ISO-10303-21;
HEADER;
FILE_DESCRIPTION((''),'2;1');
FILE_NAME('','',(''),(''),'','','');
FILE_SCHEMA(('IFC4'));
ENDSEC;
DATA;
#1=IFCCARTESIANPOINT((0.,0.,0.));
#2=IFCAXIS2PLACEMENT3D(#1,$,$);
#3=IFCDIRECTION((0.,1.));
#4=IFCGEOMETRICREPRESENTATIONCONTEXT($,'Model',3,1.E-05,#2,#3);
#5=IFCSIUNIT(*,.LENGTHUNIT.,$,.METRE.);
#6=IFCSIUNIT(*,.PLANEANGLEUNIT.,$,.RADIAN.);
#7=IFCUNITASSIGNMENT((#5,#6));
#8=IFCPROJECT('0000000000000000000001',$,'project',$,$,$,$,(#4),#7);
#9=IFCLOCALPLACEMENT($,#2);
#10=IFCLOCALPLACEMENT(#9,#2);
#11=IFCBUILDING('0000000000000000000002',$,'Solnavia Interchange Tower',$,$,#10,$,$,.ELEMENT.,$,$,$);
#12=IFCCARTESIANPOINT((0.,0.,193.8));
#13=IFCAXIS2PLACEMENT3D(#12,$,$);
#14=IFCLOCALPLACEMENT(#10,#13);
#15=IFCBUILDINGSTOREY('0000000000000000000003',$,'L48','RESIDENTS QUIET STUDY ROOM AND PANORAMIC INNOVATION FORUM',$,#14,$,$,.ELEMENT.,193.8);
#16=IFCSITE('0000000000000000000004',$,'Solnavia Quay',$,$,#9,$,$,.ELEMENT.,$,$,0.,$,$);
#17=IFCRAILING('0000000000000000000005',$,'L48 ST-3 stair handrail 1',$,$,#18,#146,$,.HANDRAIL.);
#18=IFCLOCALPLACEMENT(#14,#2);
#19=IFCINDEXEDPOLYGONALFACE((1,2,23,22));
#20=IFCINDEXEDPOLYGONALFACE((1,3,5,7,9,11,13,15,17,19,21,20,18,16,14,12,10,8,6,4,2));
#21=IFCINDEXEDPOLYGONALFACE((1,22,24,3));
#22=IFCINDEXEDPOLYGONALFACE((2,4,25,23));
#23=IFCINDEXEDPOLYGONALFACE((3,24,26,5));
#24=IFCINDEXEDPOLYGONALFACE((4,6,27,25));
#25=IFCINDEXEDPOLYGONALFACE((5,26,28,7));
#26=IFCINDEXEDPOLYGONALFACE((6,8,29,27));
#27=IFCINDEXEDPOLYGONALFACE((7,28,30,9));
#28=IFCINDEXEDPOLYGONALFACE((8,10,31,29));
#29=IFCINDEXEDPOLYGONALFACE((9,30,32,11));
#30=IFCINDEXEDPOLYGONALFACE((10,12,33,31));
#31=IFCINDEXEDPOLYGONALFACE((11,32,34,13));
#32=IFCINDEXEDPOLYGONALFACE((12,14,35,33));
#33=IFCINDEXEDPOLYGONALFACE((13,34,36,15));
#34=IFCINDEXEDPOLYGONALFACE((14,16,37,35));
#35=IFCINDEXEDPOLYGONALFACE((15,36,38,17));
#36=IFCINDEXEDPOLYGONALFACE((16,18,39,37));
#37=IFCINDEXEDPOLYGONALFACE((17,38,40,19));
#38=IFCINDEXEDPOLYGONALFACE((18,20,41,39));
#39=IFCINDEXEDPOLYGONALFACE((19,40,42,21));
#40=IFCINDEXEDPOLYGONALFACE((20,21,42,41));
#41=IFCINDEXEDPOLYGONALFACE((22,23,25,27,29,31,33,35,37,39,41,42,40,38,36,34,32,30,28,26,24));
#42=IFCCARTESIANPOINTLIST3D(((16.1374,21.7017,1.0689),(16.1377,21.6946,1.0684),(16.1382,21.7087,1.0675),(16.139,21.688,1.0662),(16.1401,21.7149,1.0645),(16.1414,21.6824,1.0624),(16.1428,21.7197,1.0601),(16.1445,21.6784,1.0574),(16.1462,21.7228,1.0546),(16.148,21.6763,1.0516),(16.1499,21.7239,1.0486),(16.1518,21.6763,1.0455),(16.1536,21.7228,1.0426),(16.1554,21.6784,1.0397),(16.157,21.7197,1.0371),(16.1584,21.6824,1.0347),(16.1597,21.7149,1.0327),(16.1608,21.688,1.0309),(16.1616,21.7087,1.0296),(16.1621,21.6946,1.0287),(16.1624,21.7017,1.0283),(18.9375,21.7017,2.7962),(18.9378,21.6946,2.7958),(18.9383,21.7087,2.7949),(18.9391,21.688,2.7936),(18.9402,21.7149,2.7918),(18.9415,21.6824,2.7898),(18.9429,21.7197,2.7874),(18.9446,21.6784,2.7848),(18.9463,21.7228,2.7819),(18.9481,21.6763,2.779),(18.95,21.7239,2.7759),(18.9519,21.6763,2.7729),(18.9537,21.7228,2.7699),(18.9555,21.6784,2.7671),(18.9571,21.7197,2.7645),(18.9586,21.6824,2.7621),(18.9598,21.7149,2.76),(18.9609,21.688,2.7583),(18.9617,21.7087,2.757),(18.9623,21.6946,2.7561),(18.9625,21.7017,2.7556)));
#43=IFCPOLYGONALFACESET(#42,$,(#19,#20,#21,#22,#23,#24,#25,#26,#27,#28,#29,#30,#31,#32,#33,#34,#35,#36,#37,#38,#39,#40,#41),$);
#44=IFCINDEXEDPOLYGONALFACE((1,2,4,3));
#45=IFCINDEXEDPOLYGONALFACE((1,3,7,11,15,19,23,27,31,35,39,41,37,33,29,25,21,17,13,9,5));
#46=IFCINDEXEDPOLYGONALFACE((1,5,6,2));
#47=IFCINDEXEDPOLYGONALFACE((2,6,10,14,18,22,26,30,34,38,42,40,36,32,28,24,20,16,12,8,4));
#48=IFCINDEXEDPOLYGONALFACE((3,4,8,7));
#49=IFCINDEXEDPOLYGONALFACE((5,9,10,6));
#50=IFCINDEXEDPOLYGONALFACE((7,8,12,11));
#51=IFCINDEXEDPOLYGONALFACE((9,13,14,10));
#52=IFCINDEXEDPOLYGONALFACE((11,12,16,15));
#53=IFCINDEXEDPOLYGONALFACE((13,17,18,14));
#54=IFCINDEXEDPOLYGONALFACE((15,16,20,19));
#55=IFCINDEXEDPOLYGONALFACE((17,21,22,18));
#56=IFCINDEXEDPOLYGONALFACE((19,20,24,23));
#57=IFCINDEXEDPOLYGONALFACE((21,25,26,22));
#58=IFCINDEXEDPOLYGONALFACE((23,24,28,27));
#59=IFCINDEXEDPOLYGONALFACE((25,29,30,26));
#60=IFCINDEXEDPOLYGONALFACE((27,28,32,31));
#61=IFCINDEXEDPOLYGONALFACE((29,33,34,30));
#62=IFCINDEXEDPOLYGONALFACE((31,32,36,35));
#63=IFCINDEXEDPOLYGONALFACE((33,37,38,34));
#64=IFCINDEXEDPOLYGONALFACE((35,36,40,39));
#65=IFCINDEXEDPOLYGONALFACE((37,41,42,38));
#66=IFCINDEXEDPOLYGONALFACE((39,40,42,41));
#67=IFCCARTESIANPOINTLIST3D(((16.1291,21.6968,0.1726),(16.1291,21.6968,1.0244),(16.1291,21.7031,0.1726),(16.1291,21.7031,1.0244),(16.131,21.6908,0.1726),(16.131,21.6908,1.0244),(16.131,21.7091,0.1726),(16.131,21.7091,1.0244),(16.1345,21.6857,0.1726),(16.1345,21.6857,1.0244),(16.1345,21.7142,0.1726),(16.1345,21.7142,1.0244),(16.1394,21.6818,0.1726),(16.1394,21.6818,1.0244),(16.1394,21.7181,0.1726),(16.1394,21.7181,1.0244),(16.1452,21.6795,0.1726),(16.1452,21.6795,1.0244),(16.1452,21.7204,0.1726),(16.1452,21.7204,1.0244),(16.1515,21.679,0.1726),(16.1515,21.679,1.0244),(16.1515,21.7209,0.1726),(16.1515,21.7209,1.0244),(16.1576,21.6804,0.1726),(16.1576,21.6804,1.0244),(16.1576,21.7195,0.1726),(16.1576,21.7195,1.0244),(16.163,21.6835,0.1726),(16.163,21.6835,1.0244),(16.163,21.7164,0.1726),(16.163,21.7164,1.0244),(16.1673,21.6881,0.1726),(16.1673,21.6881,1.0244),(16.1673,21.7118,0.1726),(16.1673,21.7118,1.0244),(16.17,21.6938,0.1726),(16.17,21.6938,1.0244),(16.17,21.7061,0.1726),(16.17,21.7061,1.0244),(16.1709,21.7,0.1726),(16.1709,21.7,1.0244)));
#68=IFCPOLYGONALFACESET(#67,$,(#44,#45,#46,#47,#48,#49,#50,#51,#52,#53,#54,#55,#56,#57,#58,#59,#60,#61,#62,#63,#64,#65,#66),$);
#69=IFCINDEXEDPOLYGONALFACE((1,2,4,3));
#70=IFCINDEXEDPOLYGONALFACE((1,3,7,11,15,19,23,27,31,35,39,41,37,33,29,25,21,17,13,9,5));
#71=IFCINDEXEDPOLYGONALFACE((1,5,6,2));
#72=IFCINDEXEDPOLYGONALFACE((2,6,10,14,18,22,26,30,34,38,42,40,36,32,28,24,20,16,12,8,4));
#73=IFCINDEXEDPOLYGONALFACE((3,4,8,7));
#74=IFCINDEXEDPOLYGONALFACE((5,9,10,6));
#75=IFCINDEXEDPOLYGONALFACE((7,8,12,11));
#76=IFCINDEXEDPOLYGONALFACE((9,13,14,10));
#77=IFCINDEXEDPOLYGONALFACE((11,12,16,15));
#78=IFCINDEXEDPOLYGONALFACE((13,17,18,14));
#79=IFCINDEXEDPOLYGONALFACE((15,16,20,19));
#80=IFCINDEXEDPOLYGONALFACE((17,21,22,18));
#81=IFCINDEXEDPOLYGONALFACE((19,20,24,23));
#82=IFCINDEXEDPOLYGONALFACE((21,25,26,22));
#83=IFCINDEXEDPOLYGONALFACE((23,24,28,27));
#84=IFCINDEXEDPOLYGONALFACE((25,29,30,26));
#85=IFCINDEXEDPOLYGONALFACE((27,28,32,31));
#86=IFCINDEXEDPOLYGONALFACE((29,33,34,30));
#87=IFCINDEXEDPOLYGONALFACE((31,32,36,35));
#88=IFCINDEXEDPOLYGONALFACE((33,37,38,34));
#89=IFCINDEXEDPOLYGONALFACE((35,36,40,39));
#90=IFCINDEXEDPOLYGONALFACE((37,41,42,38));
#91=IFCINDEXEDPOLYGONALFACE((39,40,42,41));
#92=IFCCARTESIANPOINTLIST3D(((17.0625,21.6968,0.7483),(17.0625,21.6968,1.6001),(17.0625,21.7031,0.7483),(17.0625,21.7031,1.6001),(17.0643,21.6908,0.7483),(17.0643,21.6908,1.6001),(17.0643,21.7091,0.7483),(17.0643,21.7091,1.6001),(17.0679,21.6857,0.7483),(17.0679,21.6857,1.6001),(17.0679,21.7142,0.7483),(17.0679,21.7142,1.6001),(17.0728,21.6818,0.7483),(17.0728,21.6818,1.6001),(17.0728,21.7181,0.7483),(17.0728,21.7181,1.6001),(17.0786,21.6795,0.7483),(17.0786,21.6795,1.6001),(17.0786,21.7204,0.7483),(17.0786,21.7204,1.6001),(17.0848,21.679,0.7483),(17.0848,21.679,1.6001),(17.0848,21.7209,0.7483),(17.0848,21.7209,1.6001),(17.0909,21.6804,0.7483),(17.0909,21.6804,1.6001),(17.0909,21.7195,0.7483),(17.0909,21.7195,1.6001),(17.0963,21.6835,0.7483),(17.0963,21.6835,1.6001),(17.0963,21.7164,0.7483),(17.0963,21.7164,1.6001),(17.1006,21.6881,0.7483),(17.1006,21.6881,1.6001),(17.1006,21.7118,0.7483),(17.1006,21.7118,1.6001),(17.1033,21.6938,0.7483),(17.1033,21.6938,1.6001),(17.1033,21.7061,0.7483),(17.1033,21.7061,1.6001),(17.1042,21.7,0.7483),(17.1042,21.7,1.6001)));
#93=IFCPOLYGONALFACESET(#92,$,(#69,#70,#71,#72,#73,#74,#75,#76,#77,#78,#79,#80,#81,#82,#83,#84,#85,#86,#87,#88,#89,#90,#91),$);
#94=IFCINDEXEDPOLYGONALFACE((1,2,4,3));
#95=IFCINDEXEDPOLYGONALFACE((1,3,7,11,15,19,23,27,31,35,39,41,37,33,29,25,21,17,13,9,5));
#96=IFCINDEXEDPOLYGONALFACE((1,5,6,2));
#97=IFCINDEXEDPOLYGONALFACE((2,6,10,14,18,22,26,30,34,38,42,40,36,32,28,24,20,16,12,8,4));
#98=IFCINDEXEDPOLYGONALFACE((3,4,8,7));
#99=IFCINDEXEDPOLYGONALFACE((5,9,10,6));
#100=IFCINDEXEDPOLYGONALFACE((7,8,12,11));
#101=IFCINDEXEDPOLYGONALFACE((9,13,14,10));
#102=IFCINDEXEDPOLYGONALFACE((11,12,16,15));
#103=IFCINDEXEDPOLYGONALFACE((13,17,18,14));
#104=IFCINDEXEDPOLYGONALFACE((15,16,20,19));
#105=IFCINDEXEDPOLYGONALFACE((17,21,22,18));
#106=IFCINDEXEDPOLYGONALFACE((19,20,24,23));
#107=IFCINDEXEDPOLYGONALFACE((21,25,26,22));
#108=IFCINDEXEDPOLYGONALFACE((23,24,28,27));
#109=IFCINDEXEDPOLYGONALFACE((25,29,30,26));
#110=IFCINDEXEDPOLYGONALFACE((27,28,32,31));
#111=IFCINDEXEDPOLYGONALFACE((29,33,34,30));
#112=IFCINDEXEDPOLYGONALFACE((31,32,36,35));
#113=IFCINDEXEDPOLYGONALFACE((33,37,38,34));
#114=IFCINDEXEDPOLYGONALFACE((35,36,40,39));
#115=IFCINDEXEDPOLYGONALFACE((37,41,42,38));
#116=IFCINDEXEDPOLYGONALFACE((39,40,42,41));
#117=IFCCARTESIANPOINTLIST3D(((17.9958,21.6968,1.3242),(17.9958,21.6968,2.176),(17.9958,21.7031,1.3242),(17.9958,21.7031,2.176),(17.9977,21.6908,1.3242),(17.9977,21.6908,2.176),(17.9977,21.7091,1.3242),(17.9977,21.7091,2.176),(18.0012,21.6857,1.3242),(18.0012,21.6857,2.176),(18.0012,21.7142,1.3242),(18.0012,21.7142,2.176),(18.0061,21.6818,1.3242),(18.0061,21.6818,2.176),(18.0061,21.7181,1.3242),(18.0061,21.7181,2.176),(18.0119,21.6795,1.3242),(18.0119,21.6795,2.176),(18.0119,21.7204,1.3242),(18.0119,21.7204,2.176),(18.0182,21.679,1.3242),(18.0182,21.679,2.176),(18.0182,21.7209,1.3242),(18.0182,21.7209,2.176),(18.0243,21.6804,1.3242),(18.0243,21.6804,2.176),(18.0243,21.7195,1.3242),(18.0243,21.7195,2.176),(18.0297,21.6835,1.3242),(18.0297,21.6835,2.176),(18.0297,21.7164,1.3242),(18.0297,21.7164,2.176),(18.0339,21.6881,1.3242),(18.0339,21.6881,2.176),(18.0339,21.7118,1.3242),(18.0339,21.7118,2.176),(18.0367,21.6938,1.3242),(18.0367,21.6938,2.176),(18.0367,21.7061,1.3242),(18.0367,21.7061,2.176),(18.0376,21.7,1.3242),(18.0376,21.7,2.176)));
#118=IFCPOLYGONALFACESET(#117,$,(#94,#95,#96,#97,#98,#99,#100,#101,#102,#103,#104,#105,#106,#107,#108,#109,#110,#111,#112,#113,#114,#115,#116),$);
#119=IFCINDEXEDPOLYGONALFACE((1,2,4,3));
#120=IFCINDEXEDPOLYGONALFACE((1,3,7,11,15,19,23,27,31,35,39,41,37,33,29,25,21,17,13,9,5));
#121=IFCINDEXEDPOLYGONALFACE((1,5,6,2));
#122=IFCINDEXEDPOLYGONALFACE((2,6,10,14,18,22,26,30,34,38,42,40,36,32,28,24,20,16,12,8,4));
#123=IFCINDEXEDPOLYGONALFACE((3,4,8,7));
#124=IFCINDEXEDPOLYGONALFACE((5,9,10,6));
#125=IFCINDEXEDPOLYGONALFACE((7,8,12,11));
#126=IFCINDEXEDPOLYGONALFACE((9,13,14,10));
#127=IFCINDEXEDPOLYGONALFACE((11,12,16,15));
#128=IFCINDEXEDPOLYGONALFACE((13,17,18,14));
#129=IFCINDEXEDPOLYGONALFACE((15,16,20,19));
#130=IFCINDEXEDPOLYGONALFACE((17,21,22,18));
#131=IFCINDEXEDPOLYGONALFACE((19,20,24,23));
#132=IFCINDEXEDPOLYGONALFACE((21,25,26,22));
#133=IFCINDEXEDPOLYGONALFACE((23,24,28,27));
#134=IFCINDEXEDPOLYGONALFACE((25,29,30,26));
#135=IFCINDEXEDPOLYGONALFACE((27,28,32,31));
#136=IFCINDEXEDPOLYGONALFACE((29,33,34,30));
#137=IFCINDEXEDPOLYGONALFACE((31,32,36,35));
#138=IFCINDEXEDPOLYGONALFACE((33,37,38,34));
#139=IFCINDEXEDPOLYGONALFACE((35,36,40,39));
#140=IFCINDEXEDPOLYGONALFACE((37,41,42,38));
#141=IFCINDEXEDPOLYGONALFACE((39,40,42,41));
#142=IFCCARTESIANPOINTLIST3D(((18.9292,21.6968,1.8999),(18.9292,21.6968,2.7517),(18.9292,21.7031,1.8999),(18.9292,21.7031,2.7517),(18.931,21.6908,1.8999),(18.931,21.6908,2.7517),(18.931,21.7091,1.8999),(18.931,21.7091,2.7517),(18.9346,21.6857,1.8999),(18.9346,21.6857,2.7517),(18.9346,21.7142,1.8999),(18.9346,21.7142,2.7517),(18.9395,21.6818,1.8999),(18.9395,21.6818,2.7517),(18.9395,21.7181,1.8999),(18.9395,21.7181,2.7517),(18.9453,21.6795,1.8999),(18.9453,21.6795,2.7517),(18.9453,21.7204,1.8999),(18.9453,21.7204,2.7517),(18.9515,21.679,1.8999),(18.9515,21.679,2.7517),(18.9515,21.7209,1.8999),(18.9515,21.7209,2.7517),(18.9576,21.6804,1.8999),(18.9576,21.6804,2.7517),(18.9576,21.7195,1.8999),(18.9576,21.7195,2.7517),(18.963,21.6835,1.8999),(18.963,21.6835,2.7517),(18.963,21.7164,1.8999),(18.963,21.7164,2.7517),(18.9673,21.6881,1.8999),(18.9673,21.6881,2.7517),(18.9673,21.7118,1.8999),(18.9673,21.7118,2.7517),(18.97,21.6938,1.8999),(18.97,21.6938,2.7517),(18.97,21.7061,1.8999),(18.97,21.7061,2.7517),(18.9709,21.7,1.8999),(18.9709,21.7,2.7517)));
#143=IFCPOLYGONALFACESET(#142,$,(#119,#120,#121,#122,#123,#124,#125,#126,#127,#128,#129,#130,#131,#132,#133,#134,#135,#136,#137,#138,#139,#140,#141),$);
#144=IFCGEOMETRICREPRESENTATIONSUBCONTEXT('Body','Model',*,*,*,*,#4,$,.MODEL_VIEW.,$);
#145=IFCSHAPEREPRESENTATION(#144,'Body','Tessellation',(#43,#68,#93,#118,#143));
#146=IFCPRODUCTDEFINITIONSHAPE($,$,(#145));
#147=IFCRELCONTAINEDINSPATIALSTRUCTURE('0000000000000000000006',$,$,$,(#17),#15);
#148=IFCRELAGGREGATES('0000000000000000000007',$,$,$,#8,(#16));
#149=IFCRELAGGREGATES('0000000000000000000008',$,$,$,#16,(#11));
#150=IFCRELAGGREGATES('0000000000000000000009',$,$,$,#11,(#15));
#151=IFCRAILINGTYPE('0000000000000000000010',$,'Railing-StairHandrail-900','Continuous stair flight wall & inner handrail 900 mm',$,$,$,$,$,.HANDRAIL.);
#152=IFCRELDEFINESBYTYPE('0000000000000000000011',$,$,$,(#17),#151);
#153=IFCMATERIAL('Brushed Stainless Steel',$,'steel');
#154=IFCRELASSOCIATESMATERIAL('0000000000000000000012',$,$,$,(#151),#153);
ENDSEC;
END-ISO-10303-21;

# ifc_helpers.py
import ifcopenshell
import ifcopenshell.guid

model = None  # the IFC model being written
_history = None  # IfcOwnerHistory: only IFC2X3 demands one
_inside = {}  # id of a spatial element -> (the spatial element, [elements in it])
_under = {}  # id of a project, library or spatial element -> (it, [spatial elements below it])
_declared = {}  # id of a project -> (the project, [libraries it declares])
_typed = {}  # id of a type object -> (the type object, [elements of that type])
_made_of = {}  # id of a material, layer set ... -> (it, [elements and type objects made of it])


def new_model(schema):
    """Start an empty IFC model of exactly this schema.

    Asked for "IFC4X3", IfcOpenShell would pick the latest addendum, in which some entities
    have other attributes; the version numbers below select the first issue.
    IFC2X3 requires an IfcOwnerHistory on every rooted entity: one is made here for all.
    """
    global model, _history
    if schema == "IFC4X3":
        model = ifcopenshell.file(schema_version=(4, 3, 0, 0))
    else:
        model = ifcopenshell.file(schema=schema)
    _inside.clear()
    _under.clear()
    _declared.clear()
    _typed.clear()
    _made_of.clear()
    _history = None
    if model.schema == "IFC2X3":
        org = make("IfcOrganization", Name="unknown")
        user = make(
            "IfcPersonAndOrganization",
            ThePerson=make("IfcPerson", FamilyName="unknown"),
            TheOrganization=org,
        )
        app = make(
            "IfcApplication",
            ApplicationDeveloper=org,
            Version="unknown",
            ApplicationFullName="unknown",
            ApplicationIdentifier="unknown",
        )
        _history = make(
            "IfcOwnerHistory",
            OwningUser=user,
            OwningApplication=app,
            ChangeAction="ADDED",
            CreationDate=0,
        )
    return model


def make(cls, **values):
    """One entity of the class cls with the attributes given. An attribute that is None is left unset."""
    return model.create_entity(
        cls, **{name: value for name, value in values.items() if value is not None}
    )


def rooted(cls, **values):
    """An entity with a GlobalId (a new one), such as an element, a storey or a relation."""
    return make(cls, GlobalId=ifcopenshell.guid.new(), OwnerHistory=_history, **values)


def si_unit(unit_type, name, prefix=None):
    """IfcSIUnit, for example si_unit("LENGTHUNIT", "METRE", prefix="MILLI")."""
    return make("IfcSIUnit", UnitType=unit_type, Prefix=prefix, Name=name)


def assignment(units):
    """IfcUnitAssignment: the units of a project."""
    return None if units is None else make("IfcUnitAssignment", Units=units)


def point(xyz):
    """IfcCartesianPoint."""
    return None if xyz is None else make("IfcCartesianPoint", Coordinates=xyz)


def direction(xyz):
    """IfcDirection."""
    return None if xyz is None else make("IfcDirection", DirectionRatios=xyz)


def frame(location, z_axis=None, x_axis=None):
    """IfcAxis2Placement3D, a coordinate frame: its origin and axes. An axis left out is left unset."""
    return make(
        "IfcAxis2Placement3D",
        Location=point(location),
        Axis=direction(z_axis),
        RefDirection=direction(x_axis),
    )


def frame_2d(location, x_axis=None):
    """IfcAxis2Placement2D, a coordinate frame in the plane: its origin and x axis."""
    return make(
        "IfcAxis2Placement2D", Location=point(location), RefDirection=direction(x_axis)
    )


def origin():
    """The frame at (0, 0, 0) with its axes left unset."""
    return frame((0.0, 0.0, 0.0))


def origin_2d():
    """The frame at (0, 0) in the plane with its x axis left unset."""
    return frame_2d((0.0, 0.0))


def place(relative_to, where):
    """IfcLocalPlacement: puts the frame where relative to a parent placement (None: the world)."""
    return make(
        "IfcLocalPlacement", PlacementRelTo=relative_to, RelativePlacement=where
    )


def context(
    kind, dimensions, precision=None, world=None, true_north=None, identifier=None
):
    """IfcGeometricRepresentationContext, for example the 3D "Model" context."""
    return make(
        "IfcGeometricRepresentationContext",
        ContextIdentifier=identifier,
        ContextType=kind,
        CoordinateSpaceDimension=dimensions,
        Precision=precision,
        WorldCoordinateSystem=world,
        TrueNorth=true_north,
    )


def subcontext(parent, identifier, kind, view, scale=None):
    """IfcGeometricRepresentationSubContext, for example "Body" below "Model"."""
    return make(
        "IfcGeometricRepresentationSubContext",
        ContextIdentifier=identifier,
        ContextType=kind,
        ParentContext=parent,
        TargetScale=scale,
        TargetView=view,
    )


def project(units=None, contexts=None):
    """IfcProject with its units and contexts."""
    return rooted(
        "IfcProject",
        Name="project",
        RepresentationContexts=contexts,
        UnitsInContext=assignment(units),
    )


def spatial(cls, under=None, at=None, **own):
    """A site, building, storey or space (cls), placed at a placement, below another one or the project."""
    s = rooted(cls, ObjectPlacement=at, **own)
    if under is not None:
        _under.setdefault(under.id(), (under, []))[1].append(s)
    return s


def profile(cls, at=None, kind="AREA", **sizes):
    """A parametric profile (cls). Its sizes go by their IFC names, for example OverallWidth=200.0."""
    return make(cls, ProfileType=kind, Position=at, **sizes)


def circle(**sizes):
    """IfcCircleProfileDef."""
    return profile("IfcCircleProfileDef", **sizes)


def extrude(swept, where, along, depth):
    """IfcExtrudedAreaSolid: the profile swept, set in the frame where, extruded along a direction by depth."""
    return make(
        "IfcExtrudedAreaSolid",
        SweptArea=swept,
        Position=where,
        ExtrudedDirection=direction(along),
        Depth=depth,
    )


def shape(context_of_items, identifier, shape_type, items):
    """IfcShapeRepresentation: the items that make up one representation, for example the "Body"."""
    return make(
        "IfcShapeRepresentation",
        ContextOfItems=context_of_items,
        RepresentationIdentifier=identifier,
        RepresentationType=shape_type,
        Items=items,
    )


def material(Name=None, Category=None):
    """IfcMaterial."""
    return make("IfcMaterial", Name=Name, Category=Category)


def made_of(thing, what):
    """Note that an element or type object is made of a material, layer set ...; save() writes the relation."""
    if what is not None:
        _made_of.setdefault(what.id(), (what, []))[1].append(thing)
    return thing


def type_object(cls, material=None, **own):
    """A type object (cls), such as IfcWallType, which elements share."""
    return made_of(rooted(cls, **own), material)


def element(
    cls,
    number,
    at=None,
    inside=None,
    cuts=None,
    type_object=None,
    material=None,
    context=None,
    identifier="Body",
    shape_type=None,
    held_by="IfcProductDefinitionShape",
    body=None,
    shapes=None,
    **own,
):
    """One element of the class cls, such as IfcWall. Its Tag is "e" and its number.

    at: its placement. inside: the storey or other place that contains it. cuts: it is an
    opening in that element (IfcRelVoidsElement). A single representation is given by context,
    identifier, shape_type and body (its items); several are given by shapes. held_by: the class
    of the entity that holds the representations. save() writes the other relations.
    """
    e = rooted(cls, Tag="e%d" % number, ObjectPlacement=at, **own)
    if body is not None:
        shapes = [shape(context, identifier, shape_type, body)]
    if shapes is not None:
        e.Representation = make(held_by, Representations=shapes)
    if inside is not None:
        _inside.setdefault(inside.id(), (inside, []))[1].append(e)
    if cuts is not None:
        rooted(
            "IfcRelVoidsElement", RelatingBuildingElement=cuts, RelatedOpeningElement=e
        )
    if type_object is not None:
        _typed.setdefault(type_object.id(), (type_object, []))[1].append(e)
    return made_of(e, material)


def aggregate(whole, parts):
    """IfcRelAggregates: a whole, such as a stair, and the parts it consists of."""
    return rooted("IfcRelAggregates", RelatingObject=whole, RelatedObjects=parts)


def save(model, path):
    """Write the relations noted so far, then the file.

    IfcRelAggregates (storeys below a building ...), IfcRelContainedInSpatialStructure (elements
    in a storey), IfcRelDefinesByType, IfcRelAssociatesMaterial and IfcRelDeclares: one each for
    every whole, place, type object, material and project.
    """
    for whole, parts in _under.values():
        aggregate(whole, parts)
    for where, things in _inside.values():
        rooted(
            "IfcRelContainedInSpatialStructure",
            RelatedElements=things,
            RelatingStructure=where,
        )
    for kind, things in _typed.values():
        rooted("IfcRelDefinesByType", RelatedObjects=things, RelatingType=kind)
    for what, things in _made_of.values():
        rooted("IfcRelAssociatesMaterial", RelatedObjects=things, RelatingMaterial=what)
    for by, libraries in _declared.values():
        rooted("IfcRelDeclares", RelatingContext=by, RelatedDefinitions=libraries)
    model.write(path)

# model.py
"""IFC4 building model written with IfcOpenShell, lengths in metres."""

from ifc_helpers import new_model, si_unit, direction, frame, origin, origin_2d, place, context, subcontext, project, spatial, circle, extrude, material, type_object, element, save


model = new_model("IFC4")

# Units and contexts
model_context = context("Model", 3, precision=1e-05, world=origin(), true_north=direction((0.0, 1.0)))
body_context = subcontext(model_context, "Body", "Model", "MODEL_VIEW")
ifc_project = project(units=[si_unit("LENGTHUNIT", "METRE"), si_unit("PLANEANGLEUNIT", "RADIAN")], contexts=[model_context])

# Site, building, storey
site_placement = place(None, origin())
site = spatial("IfcSite", under=ifc_project, at=site_placement, Name="Solnavia Quay", CompositionType="ELEMENT", RefElevation=0.0)
building_placement = place(site_placement, origin())
building = spatial("IfcBuilding", under=site, at=building_placement, Name="Solnavia Interchange Tower", CompositionType="ELEMENT")
storey_placement = place(building_placement, frame((0.0, 0.0, 193.8)))
storey = spatial("IfcBuildingStorey", under=building, at=storey_placement, Name="L48", Description="RESIDENTS QUIET STUDY ROOM AND PANORAMIC INNOVATION FORUM", CompositionType="ELEMENT", Elevation=193.8)

# Railing
ifc_material_1 = material(Name="Brushed Stainless Steel", Category="steel")
railing_type_1 = type_object("IfcRailingType", Name="Railing-StairHandrail-900", Description="Continuous stair flight wall & inner handrail 900 mm", PredefinedType="HANDRAIL", material=ifc_material_1)
railing_1_placement = place(storey_placement, frame((16.1499, 21.7, 0.1726)))
element("IfcRailing", 1, at=railing_1_placement, inside=storey, type_object=railing_type_1, Name="L48 ST-3 stair handrail 1", PredefinedType="HANDRAIL", context=body_context, shape_type="SweptSolid", body=[
    extrude(circle(Radius=0.0239, at=origin_2d()), frame((0.0, 0.0, 0.876), z_axis=(0.85109, 0.0, 0.52502), x_axis=(0.0, 1.0, 0.0)), (0.0, 0.0, 1.0), 3.29),
    extrude(circle(Radius=0.021, at=origin_2d()), origin(), (0.0, 0.0, 1.0), 0.8518),
    extrude(circle(Radius=0.021, at=origin_2d()), frame((0.9333, 0.0, 0.5757)), (0.0, 0.0, 1.0), 0.8518),
    extrude(circle(Radius=0.021, at=origin_2d()), frame((1.8667, 0.0, 1.1516)), (0.0, 0.0, 1.0), 0.8518),
    extrude(circle(Radius=0.021, at=origin_2d()), frame((2.8, 0.0, 1.7273)), (0.0, 0.0, 1.0), 0.8518),
])

save(model, "model.ifc")
